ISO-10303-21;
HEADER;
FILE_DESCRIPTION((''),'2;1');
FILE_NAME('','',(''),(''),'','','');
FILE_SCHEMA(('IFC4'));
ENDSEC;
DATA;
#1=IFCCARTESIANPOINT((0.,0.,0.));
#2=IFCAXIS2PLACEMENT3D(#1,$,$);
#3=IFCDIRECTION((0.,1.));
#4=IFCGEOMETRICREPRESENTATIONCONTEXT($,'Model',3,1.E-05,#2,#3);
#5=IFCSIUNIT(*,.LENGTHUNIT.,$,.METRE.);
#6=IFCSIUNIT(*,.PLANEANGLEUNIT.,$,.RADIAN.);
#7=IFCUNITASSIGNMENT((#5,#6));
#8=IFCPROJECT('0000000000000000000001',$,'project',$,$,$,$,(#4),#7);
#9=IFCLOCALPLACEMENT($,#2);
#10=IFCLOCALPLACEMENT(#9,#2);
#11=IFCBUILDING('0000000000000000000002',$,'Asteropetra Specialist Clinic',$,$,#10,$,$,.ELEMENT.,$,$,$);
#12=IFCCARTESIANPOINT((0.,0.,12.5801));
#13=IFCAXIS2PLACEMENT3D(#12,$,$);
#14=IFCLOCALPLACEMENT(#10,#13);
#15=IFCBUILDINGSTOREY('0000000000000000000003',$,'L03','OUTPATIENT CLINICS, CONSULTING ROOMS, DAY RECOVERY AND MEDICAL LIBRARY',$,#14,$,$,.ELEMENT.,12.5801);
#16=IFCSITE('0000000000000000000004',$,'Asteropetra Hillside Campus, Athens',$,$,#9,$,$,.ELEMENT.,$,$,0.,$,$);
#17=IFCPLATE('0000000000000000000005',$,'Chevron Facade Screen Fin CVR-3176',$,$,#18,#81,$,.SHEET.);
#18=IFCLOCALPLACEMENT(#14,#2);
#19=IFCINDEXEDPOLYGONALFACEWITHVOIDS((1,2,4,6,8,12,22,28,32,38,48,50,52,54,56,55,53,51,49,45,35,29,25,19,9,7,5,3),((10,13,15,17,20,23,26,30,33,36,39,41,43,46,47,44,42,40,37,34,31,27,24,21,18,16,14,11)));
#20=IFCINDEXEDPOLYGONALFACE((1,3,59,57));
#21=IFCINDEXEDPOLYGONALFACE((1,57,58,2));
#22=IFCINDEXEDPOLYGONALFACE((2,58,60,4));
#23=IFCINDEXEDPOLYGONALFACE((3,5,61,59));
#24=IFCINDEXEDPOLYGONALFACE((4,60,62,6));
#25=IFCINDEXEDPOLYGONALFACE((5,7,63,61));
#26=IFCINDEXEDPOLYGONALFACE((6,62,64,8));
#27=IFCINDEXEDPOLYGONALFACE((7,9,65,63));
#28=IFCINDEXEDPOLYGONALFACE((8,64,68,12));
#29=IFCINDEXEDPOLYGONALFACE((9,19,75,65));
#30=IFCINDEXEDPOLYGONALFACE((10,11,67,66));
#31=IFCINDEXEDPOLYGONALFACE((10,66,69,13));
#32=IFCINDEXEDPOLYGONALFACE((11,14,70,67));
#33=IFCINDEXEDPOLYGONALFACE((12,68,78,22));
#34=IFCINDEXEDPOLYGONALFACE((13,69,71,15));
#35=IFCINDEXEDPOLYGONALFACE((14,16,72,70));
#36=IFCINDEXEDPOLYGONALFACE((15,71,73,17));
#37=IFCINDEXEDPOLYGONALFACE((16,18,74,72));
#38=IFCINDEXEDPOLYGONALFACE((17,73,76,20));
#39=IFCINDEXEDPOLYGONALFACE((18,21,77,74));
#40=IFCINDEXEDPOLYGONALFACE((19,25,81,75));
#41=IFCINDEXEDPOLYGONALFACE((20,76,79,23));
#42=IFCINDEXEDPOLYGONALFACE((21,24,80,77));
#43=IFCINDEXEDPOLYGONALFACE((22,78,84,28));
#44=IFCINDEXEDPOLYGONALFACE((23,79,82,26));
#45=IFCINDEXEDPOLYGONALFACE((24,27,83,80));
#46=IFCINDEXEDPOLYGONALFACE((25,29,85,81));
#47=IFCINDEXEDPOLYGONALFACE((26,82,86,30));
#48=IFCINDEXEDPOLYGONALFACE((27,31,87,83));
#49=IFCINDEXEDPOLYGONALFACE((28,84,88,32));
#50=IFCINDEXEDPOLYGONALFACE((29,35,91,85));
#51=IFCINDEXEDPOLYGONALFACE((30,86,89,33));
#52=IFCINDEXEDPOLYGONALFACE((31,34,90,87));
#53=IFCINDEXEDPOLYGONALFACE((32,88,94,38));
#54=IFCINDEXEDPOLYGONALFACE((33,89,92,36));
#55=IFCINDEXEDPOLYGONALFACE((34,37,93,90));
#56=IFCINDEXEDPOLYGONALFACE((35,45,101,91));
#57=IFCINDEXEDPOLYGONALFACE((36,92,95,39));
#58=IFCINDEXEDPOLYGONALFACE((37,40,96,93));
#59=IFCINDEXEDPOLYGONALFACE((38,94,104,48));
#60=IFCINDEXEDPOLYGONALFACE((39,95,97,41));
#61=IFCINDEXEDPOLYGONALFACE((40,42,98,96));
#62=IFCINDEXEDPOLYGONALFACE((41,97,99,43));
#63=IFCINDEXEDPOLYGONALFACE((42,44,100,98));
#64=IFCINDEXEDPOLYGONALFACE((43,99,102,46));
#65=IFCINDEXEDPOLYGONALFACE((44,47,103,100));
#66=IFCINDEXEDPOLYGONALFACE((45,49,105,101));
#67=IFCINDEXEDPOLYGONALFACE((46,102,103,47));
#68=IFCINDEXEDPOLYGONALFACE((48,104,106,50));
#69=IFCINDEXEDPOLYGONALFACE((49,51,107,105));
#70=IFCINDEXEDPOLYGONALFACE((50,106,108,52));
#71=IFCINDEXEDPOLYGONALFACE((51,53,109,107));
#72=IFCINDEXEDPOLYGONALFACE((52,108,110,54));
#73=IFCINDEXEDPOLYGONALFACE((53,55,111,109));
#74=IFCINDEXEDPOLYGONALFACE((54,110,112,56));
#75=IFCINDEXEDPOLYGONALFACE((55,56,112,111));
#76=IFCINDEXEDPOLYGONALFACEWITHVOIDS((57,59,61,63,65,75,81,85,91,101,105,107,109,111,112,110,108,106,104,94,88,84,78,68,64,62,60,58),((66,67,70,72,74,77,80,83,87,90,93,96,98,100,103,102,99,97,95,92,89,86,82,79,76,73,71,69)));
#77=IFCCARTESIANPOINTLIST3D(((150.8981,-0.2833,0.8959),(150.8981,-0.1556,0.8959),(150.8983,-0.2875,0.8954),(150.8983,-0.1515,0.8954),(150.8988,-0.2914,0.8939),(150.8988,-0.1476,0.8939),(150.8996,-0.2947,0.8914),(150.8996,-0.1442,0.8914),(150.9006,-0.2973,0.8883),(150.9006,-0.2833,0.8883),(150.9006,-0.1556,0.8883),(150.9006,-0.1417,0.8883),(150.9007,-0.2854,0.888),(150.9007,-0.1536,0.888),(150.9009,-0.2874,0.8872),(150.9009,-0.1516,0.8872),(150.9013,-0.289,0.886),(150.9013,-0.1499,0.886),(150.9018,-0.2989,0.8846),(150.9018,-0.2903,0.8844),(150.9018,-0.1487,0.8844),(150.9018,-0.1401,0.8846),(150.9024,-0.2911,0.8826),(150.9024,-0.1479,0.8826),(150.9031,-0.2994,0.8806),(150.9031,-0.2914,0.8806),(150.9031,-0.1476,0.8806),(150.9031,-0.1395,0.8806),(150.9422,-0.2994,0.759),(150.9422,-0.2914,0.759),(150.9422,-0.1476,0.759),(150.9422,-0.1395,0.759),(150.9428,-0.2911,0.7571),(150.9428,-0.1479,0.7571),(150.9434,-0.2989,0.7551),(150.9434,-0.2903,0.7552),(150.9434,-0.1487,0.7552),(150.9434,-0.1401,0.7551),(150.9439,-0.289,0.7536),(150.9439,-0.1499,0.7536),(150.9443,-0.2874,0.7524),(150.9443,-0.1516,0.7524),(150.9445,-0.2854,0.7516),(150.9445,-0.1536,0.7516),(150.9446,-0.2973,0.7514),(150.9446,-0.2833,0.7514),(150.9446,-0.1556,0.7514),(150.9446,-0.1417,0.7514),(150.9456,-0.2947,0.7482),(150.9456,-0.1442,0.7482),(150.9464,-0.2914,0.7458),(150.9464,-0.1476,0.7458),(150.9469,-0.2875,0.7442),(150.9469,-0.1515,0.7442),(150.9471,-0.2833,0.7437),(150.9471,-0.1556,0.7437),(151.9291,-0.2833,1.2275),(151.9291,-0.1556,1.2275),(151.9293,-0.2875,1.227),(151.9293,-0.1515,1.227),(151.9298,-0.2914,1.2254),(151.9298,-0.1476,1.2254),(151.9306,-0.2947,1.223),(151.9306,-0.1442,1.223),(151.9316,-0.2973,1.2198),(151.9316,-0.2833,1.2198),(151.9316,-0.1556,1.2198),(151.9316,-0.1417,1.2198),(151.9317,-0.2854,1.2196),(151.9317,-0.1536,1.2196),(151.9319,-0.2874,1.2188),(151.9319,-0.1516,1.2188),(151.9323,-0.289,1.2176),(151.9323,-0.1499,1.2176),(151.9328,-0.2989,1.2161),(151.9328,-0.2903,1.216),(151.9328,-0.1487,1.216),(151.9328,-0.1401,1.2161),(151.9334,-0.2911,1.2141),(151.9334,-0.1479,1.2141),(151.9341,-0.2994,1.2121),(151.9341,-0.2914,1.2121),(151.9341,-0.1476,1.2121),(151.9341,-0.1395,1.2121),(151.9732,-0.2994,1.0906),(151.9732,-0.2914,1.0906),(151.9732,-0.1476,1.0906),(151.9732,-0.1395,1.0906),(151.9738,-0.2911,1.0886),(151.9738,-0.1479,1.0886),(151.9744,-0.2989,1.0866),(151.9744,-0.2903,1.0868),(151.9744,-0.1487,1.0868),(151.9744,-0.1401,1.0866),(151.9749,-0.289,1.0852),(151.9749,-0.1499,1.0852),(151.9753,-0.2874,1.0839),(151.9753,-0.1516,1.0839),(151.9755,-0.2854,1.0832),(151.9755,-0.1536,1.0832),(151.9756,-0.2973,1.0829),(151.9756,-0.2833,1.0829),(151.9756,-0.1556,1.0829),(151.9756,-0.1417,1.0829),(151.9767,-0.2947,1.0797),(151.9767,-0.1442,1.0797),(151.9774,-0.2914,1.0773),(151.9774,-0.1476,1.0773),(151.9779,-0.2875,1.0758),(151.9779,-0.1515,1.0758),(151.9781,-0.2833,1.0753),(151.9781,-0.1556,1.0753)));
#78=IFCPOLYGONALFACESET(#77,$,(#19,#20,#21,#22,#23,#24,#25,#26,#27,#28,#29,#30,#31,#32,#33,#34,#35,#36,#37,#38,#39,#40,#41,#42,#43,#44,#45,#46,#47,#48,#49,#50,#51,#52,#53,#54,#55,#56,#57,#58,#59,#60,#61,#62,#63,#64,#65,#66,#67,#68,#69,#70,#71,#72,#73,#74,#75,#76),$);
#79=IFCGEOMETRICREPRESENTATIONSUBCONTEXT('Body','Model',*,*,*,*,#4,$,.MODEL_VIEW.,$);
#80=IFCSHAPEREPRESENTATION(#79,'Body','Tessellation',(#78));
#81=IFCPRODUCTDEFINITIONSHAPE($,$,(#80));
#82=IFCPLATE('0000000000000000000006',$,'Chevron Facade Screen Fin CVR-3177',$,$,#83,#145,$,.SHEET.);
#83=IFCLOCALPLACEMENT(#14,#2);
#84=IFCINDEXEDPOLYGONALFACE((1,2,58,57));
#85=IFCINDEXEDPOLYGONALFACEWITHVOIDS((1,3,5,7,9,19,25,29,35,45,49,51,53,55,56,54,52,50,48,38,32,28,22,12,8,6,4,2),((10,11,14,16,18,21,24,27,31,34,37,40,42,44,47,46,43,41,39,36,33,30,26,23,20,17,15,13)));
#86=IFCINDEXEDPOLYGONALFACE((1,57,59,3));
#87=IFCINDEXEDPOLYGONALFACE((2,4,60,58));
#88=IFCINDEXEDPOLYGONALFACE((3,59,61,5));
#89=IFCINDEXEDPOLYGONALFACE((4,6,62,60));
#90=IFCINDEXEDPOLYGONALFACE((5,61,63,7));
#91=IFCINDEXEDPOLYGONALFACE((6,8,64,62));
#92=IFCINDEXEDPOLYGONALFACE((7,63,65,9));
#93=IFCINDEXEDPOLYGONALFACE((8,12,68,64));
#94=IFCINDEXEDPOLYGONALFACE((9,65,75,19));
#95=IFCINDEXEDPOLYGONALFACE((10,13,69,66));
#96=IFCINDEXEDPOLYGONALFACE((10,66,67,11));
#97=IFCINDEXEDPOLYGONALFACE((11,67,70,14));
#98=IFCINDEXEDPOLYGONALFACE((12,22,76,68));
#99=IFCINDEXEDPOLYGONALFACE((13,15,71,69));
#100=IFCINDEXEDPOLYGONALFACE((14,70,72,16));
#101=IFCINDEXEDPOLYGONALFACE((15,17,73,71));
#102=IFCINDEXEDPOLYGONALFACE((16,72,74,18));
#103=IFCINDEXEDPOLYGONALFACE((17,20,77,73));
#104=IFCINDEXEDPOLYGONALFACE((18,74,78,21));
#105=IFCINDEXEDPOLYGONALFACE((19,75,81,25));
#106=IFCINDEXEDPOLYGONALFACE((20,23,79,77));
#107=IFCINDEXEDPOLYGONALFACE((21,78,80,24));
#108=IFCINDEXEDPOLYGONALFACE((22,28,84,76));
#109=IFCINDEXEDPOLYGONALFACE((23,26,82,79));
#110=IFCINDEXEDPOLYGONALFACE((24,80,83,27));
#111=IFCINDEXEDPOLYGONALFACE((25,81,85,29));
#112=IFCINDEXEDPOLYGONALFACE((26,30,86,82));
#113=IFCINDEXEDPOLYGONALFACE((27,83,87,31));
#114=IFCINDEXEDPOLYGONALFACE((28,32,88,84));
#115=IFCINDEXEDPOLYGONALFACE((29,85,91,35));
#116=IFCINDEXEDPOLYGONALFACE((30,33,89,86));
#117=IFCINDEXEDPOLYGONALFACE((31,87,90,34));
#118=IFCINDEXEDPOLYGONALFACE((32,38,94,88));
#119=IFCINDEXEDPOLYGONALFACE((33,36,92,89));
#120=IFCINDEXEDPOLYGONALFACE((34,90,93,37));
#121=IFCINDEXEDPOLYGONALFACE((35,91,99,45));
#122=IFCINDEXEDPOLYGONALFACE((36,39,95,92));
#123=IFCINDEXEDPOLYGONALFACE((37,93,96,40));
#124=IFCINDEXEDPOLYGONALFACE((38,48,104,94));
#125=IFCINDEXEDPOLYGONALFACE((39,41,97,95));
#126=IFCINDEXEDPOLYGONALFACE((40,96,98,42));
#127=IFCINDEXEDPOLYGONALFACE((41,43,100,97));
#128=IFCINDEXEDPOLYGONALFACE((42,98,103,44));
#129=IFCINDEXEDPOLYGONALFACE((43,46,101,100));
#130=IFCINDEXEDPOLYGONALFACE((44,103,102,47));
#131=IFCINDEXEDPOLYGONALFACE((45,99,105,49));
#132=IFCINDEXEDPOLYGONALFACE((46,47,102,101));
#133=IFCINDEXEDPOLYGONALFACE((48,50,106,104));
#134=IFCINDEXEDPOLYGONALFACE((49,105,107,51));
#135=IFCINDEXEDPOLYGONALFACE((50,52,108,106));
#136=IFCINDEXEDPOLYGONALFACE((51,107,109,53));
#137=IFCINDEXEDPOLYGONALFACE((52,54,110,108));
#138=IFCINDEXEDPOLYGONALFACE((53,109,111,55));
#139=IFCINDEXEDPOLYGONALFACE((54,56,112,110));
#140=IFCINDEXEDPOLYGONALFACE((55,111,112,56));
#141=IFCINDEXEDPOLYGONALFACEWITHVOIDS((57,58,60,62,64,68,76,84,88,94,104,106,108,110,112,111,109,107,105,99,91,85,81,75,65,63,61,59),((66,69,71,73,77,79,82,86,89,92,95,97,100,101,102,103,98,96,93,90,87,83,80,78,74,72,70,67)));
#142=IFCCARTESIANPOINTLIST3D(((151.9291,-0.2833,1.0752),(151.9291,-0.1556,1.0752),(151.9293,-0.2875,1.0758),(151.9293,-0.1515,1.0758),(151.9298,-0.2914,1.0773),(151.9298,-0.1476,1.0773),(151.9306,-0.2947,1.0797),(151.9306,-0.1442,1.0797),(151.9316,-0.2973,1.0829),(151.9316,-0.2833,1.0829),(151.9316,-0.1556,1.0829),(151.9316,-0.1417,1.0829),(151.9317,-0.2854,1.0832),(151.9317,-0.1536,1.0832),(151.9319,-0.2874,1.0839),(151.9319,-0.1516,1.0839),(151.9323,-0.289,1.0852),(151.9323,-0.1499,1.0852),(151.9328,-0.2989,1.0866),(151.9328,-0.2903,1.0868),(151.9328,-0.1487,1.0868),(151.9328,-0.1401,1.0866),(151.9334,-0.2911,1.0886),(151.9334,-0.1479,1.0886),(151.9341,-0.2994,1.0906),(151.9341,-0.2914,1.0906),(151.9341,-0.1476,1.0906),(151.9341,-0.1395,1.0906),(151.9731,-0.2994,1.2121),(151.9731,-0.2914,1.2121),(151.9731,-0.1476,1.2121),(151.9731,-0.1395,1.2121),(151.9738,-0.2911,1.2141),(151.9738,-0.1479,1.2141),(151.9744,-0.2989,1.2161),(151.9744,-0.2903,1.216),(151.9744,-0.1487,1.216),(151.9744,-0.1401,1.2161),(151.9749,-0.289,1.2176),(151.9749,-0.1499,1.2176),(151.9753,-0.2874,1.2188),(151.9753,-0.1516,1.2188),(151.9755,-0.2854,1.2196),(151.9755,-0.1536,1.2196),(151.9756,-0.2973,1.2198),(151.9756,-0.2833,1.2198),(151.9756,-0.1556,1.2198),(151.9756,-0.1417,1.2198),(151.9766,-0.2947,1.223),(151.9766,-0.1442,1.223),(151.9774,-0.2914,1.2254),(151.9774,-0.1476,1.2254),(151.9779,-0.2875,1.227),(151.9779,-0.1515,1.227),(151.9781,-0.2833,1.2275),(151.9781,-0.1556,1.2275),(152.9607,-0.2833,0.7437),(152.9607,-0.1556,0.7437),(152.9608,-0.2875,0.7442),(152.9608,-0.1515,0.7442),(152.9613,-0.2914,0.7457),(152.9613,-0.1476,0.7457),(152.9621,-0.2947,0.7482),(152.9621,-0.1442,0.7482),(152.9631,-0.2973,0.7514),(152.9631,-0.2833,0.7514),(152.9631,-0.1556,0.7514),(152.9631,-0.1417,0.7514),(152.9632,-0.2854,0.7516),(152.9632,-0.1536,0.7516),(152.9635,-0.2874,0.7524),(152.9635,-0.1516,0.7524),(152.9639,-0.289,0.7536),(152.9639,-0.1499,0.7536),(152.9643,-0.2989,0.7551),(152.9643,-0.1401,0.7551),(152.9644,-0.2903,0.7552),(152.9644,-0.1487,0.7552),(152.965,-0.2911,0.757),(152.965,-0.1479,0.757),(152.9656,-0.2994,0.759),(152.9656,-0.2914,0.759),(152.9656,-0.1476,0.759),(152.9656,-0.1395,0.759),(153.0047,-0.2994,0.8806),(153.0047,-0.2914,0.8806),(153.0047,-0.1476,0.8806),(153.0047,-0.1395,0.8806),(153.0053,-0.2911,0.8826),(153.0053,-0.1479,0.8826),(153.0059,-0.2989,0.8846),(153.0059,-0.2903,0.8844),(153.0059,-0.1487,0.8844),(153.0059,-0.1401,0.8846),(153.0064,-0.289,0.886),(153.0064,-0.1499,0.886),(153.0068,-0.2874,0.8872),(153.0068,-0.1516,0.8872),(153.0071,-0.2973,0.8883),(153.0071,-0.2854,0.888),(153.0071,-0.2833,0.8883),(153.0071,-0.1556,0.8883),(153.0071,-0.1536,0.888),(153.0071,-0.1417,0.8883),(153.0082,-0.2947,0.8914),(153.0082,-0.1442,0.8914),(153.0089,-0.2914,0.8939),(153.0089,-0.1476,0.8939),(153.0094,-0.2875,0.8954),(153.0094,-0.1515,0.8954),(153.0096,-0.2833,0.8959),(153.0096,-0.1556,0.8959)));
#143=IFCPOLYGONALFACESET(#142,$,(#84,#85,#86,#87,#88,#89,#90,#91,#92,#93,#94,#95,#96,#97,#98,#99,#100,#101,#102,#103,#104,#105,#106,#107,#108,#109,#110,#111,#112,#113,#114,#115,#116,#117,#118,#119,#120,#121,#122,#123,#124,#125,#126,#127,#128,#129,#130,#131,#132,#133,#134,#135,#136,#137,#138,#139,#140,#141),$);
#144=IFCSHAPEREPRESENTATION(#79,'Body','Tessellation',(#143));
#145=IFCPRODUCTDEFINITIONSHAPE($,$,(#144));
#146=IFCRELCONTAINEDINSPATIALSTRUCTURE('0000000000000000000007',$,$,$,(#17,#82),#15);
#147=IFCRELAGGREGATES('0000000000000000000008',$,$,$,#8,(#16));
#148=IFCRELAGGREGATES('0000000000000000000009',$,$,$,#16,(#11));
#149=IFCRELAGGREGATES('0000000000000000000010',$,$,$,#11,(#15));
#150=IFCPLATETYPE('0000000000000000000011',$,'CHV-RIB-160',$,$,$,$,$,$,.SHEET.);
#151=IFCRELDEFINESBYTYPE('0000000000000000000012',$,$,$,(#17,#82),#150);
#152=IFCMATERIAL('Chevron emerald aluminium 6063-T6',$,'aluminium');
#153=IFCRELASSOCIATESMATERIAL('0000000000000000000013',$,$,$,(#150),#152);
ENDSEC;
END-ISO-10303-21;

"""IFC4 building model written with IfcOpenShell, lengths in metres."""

from ifc_helpers import new_model, si_unit, direction, frame, origin, origin_2d, place, context, subcontext, project, spatial, hollow_rectangle, extrude, material, material_profile, profile_set, type_object, element, save


model = new_model("IFC4")

# Units and contexts
model_context = context("Model", 3, precision=1e-05, world=origin(), true_north=direction((0.0, 1.0)))
body_context = subcontext(model_context, "Body", "Model", "MODEL_VIEW")
ifc_project = project(units=[si_unit("LENGTHUNIT", "METRE"), si_unit("PLANEANGLEUNIT", "RADIAN")], contexts=[model_context])

# Site, building, storey
site_placement = place(None, origin())
site = spatial("IfcSite", under=ifc_project, at=site_placement, Name="Asteropetra Hillside Campus, Athens", CompositionType="ELEMENT", RefElevation=0.0)
building_placement = place(site_placement, origin())
building = spatial("IfcBuilding", under=site, at=building_placement, Name="Asteropetra Specialist Clinic", CompositionType="ELEMENT")
storey_placement = place(building_placement, frame((0.0, 0.0, 12.5801)))
storey = spatial("IfcBuildingStorey", under=building, at=storey_placement, Name="L03", Description="OUTPATIENT CLINICS, CONSULTING ROOMS, DAY RECOVERY AND MEDICAL LIBRARY", CompositionType="ELEMENT", Elevation=12.5801)

# Plates
ifc_material_1 = material(Name="Chevron emerald aluminium 6063-T6", Category="aluminium")
ifc_material_profile_1 = material_profile(ifc_material_1, hollow_rectangle(XDim=0.1599, YDim=0.1599, WallThickness=0.0081, InnerFilletRadius=0.0081, OuterFilletRadius=0.0161, at=origin_2d()), Name="SHS 160x160x8.0")
ifc_profile_set_1 = profile_set([ifc_material_profile_1], Name="Chevron emerald aluminium 6063-T6")
plate_type_1 = type_object("IfcPlateType", Name="CHV-RIB-160", PredefinedType="SHEET", material=ifc_profile_set_1)
plate_1_placement = place(storey_placement, frame((150.9226, -0.2195, 0.8198), z_axis=(0.951989, 0.0, 0.306133), x_axis=(0.0, 1.0, 0.0)))
element("IfcPlate", 1, at=plate_1_placement, inside=storey, type_object=plate_type_1, Name="Chevron Facade Screen Fin CVR-3176", PredefinedType="SHEET", context=body_context, shape_type="SweptSolid", body=[
    extrude(hollow_rectangle(XDim=0.1599, YDim=0.1599, WallThickness=0.0081, InnerFilletRadius=0.0081, OuterFilletRadius=0.0161, at=origin_2d()), origin(), (0.0, 0.0, 1.0), 1.083),
])
plate_2_placement = place(storey_placement, frame((151.9536, -0.2195, 1.1514), z_axis=(0.952031, 0.0, -0.306002), x_axis=(0.0, 1.0, 0.0)))
element("IfcPlate", 2, at=plate_2_placement, inside=storey, type_object=plate_type_1, Name="Chevron Facade Screen Fin CVR-3177", PredefinedType="SHEET", context=body_context, shape_type="SweptSolid", body=[
    extrude(hollow_rectangle(XDim=0.1599, YDim=0.1599, WallThickness=0.0081, InnerFilletRadius=0.0081, OuterFilletRadius=0.0161, at=origin_2d()), origin(), (0.0, 0.0, 1.0), 1.0835),
])

save(model, "model.ifc")
